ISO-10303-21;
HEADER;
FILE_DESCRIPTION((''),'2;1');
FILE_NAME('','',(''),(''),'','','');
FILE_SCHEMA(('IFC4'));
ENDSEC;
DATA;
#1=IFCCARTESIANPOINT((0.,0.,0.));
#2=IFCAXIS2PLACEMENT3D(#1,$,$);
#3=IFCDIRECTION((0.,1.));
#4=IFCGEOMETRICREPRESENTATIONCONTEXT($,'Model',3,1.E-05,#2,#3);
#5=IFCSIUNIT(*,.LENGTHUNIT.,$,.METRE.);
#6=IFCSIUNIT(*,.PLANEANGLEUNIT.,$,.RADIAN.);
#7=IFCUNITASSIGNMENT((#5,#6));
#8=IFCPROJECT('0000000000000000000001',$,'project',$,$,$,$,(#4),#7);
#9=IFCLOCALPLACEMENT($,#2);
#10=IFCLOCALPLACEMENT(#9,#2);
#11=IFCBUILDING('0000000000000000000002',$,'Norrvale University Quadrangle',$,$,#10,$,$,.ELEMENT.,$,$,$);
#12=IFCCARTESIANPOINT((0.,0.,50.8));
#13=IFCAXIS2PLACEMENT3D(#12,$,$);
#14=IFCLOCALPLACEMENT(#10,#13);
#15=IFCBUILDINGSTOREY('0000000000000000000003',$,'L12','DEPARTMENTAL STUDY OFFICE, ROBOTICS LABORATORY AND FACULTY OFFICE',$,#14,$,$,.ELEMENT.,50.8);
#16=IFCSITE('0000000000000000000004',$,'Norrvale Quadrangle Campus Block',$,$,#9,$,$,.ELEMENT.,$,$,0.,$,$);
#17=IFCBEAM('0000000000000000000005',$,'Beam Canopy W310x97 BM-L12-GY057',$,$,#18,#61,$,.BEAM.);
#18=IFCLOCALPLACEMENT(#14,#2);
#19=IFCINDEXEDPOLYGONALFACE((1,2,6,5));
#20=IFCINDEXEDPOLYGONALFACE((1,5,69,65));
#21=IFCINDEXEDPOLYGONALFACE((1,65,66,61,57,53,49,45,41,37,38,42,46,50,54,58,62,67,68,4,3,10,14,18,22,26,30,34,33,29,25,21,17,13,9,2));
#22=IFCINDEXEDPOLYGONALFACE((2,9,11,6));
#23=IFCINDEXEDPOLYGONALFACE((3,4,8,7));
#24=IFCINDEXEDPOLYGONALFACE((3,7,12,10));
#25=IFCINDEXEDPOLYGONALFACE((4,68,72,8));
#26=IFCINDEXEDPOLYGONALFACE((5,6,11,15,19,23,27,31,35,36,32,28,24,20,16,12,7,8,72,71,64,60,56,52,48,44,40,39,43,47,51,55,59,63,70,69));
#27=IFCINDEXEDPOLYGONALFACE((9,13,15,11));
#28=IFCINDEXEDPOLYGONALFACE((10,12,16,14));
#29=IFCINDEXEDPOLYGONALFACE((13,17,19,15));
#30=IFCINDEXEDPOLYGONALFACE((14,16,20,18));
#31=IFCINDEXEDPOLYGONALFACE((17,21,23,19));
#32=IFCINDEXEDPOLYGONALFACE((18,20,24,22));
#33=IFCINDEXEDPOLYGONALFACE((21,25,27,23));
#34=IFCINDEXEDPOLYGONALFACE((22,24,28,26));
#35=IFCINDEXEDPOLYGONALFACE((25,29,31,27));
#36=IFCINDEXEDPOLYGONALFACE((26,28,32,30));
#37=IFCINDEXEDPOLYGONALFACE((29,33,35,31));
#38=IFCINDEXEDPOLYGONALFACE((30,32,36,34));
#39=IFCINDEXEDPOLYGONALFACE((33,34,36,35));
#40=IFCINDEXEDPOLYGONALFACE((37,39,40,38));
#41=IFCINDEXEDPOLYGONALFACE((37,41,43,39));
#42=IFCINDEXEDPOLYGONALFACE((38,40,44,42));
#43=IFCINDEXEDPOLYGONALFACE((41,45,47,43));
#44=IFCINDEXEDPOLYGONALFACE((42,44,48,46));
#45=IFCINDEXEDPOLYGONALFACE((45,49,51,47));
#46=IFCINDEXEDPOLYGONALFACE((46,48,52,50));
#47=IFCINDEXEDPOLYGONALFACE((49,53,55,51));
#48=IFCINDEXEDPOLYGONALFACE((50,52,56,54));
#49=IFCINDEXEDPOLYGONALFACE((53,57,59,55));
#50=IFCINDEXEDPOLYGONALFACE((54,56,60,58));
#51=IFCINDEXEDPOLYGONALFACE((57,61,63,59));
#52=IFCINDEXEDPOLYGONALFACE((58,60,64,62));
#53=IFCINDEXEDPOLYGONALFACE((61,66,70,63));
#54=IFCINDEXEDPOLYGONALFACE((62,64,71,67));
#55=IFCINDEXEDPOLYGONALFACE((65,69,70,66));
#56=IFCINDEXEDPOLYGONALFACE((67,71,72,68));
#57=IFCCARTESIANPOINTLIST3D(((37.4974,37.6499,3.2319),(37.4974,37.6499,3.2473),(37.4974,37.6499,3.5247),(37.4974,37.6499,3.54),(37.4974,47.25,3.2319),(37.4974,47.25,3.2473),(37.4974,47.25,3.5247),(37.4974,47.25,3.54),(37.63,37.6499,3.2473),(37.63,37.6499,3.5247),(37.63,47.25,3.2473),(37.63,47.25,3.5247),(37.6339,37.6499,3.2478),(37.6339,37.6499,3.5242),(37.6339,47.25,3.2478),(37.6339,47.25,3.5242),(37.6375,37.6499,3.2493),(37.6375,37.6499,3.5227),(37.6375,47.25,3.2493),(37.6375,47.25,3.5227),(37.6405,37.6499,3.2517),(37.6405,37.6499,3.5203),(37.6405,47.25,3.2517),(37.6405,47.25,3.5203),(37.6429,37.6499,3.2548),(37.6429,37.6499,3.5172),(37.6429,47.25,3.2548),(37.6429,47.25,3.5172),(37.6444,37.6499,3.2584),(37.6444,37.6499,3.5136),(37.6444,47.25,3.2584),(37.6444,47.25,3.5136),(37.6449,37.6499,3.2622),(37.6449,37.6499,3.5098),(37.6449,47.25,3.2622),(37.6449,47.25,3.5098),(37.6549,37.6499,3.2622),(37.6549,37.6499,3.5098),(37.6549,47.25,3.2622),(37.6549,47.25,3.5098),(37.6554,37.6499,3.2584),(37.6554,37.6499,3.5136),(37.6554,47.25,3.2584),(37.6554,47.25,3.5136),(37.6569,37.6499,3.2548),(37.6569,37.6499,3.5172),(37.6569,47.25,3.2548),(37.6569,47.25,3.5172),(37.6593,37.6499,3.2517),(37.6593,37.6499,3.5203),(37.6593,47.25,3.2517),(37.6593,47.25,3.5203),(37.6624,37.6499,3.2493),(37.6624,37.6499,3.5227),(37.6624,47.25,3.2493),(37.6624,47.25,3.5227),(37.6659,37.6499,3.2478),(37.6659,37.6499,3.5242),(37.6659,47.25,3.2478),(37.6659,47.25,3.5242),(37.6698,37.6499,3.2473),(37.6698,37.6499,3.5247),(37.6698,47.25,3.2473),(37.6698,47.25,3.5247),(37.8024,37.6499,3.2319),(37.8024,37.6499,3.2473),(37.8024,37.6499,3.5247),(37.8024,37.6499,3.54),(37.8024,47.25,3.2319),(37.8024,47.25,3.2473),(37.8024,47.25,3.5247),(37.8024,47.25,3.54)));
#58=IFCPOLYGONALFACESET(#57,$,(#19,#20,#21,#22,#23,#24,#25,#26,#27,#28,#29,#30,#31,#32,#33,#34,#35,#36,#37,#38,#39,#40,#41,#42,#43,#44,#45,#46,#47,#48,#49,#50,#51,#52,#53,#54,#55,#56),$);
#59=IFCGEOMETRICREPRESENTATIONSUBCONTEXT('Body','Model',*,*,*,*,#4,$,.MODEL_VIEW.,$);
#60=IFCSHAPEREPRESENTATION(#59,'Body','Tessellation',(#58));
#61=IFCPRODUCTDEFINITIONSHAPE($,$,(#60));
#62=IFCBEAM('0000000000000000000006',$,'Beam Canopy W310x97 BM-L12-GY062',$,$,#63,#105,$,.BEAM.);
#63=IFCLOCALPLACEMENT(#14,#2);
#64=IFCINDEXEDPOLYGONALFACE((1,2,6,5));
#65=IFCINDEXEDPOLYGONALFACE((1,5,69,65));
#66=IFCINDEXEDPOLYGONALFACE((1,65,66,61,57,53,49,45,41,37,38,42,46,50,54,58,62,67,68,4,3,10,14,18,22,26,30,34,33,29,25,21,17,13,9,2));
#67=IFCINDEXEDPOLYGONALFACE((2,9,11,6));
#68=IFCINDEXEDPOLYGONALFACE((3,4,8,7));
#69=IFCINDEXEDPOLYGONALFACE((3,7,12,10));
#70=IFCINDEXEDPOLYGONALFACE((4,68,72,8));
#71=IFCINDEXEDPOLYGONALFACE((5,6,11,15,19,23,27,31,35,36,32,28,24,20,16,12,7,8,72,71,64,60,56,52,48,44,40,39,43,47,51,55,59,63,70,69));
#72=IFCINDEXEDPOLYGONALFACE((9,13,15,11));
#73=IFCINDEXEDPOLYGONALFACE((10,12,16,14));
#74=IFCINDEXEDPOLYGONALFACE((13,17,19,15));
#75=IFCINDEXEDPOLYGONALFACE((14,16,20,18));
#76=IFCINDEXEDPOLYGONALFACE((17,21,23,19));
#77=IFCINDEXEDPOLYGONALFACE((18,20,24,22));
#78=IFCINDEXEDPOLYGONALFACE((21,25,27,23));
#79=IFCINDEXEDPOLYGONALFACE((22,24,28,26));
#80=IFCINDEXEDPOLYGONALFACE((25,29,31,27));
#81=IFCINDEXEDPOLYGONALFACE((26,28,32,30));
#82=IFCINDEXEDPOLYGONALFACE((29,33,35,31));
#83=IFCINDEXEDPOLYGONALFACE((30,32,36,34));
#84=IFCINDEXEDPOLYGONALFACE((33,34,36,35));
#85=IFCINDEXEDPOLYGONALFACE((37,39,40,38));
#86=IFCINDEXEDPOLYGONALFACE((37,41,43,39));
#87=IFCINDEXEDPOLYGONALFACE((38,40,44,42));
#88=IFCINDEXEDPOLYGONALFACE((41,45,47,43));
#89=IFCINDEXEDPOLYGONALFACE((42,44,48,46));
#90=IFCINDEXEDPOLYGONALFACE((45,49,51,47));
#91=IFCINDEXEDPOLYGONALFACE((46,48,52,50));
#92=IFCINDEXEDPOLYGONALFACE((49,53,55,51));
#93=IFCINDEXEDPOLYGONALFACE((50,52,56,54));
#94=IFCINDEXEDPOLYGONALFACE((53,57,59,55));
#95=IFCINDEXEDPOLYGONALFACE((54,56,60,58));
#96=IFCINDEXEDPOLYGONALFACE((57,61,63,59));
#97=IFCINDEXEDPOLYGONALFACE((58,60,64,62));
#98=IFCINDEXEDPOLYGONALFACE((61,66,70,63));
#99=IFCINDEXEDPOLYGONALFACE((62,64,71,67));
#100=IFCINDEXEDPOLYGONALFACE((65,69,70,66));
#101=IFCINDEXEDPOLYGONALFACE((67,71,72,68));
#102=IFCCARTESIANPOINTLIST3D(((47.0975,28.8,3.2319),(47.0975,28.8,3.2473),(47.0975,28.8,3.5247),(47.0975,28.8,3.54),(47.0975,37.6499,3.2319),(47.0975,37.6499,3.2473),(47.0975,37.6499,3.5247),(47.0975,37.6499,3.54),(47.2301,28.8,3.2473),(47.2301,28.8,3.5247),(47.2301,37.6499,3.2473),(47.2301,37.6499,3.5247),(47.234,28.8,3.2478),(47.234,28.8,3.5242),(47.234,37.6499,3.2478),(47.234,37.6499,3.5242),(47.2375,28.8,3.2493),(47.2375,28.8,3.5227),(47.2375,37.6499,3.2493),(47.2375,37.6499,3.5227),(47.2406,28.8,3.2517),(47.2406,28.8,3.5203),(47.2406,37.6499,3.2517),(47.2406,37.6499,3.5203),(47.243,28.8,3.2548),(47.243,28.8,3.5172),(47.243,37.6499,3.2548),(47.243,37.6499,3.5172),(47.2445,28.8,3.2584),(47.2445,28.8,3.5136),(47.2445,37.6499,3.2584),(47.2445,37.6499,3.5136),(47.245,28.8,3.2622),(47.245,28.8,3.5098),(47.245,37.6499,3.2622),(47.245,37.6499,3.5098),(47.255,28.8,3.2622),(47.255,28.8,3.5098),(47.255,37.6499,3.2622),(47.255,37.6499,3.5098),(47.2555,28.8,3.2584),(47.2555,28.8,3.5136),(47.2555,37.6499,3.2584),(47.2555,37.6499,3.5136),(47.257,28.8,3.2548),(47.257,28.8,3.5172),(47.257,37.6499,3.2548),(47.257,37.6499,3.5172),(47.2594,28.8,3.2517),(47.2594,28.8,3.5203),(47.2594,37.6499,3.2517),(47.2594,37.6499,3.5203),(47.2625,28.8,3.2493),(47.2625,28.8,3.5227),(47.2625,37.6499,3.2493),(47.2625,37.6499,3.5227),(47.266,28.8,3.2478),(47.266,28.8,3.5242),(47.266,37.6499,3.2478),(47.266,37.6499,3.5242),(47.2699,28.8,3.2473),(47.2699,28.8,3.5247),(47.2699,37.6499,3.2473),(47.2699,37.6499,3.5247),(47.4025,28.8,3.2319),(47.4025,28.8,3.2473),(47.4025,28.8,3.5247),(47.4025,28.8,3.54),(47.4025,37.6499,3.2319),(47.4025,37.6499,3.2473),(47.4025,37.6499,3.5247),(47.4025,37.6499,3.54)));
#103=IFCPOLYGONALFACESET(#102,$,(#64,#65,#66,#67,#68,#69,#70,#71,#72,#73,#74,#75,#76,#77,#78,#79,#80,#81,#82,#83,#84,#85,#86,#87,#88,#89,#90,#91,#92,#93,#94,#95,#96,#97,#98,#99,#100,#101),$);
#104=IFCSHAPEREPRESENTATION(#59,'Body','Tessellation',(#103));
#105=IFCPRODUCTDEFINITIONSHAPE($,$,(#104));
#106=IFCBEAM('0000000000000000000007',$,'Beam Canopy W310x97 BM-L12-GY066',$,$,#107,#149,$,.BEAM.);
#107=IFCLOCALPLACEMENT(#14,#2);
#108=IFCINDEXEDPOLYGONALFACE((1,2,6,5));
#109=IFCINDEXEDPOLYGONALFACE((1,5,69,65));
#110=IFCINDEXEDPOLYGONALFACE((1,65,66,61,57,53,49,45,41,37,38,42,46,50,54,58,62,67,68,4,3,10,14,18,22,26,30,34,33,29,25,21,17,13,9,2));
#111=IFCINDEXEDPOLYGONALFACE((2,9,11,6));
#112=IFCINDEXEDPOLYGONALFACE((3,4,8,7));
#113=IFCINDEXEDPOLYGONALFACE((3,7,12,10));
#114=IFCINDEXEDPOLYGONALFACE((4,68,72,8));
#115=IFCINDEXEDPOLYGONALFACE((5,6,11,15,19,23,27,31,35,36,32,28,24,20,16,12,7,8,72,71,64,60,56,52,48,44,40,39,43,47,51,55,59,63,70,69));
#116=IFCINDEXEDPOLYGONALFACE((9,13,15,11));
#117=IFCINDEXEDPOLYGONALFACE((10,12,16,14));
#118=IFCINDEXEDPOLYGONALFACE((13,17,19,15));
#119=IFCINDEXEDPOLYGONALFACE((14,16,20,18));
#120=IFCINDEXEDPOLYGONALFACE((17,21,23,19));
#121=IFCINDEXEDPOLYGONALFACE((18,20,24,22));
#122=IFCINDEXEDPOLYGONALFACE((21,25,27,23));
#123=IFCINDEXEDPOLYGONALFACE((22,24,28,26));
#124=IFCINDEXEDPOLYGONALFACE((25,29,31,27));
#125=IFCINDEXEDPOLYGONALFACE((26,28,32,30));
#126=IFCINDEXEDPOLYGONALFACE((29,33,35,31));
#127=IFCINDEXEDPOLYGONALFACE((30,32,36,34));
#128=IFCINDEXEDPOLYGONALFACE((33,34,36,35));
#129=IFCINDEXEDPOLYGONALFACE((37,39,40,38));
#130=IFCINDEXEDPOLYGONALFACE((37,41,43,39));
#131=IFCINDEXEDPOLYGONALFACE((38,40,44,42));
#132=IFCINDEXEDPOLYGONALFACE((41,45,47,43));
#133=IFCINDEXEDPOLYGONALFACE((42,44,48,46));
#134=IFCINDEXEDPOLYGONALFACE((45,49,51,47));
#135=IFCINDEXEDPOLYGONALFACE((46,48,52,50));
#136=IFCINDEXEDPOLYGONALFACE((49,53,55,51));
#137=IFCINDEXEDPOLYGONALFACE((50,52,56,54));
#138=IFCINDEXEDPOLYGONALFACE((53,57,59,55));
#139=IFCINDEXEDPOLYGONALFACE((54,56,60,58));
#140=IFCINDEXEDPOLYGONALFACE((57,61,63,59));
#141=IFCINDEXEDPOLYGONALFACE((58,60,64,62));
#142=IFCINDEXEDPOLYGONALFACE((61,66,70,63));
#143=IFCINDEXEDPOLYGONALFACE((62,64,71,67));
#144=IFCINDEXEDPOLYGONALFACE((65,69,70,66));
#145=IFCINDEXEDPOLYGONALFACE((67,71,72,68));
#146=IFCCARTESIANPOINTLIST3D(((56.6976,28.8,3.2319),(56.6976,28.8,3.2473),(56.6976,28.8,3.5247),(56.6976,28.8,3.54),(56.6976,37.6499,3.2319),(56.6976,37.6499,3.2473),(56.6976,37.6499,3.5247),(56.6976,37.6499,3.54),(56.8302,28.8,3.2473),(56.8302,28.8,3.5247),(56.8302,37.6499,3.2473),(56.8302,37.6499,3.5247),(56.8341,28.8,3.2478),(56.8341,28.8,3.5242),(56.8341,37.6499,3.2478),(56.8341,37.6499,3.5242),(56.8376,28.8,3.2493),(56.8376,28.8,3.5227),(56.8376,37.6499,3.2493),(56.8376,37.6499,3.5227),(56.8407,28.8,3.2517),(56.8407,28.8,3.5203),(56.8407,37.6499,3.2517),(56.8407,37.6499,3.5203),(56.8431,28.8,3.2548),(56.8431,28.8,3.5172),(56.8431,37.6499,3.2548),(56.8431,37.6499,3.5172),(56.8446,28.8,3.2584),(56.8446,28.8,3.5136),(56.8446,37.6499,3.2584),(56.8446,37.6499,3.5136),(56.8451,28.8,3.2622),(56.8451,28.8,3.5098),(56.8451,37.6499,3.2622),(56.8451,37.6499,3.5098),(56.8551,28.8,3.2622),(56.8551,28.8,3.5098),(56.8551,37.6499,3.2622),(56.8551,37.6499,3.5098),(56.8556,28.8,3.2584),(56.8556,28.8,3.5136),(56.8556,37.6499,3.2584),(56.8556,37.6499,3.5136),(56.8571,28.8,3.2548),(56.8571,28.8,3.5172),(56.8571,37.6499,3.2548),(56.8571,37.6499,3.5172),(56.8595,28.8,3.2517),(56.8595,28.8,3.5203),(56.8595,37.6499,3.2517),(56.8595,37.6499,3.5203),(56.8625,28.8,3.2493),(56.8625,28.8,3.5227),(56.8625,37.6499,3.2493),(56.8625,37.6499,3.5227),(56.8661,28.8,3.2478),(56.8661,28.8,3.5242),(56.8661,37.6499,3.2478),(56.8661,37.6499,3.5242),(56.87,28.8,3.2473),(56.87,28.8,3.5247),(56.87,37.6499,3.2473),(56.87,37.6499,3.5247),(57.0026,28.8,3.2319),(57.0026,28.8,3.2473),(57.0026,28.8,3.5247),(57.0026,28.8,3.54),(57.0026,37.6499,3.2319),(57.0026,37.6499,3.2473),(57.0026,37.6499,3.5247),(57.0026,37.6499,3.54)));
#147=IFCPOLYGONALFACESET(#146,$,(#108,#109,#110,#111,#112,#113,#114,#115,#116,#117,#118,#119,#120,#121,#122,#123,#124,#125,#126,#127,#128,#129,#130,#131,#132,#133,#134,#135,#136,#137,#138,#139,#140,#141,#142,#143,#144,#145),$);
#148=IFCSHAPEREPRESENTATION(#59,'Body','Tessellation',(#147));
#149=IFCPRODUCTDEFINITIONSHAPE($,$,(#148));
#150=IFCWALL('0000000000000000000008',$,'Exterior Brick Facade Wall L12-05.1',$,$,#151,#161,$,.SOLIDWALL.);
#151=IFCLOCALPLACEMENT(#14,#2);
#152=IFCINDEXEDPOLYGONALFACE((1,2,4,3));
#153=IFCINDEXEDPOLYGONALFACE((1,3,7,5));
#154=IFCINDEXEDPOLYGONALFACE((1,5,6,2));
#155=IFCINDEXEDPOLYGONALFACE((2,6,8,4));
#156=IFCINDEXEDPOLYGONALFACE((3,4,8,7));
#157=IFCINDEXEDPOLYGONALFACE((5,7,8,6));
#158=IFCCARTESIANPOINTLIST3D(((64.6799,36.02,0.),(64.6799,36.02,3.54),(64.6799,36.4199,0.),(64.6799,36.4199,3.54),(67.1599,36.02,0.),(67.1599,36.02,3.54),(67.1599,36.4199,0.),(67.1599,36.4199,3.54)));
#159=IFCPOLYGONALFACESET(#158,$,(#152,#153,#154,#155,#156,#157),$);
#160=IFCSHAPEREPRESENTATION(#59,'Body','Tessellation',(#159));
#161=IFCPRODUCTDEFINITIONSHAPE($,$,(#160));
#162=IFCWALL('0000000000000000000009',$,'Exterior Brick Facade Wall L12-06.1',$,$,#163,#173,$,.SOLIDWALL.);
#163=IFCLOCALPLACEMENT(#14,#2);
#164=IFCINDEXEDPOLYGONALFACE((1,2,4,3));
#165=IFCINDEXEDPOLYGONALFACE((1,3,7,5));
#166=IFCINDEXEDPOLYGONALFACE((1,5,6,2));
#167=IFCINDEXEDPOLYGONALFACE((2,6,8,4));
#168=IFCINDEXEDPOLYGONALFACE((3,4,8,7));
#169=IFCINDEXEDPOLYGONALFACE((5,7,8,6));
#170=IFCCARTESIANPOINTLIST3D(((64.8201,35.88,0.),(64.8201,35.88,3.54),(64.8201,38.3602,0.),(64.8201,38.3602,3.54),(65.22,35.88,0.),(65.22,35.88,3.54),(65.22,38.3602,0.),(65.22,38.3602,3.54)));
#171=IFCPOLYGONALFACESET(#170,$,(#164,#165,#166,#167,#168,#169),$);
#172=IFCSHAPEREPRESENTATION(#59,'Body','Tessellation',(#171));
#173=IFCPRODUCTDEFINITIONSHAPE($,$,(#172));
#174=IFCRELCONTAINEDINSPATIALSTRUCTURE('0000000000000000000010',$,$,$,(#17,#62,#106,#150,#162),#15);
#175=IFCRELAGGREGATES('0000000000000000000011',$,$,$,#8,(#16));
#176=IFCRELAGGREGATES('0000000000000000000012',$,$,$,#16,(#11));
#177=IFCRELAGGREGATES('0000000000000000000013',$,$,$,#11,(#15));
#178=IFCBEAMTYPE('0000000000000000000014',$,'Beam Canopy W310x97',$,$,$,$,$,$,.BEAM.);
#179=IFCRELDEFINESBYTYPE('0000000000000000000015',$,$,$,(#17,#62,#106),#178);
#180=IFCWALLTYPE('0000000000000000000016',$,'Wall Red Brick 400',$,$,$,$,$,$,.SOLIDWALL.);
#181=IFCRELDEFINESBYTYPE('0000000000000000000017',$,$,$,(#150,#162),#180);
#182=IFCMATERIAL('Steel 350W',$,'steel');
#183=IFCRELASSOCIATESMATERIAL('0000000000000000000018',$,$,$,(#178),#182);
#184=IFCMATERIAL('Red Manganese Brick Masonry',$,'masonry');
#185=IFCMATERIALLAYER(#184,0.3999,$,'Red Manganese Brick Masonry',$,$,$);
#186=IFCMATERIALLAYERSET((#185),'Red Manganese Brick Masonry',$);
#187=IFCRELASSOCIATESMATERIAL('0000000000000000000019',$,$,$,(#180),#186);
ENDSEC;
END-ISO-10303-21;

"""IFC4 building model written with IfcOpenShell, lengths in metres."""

from ifc_helpers import new_model, si_unit, direction, frame, frame_2d, origin, origin_2d, place, context, subcontext, project, spatial, rectangle, i_section, extrude, material, layer, layer_set, material_profile, profile_set, type_object, element, save


model = new_model("IFC4")

# Units and contexts
model_context = context("Model", 3, precision=1e-05, world=origin(), true_north=direction((0.0, 1.0)))
body_context = subcontext(model_context, "Body", "Model", "MODEL_VIEW")
ifc_project = project(units=[si_unit("LENGTHUNIT", "METRE"), si_unit("PLANEANGLEUNIT", "RADIAN")], contexts=[model_context])

# Site, building, storey
site_placement = place(None, origin())
site = spatial("IfcSite", under=ifc_project, at=site_placement, Name="Norrvale Quadrangle Campus Block", CompositionType="ELEMENT", RefElevation=0.0)
building_placement = place(site_placement, origin())
building = spatial("IfcBuilding", under=site, at=building_placement, Name="Norrvale University Quadrangle", CompositionType="ELEMENT")
storey_placement = place(building_placement, frame((0.0, 0.0, 50.8)))
storey = spatial("IfcBuildingStorey", under=building, at=storey_placement, Name="L12", Description="DEPARTMENTAL STUDY OFFICE, ROBOTICS LABORATORY AND FACULTY OFFICE", CompositionType="ELEMENT", Elevation=50.8)

# Beams
ifc_material_1 = material(Name="Steel 350W", Category="steel")
ifc_material_profile_1 = material_profile(ifc_material_1, i_section(OverallWidth=0.3049, OverallDepth=0.3081, WebThickness=0.01, FlangeThickness=0.0154, FilletRadius=0.0149, at=origin_2d()), Name="Steel 350W")
ifc_profile_set_1 = profile_set([ifc_material_profile_1], Name="Steel 350W")
beam_type_1 = type_object("IfcBeamType", Name="Beam Canopy W310x97", PredefinedType="BEAM", material=ifc_profile_set_1)
beam_1_placement = place(storey_placement, frame((37.6499, 37.6499, 3.386), z_axis=(0.0, 1.0, 0.0), x_axis=(-1.0, 0.0, 0.0)))
element("IfcBeam", 1, at=beam_1_placement, inside=storey, type_object=beam_type_1, Name="Beam Canopy W310x97 BM-L12-GY057", PredefinedType="BEAM", context=body_context, shape_type="SweptSolid", body=[
    extrude(i_section(OverallWidth=0.3049, OverallDepth=0.3081, WebThickness=0.01, FlangeThickness=0.0154, FilletRadius=0.0149, at=origin_2d()), origin(), (0.0, 0.0, 1.0), 9.6001),
])
for number, where, z_axis, x_axis, name in (
    (2, (47.25, 28.8, 3.386), (0.0, 1.0, 0.0), (-1.0, 0.0, 0.0), "Beam Canopy W310x97 BM-L12-GY062"),
    (3, (56.8501, 28.8, 3.386), (0.0, 1.0, 0.0), (-1.0, 0.0, 0.0), "Beam Canopy W310x97 BM-L12-GY066"),
):
    element("IfcBeam", number, at=place(storey_placement, frame(where, z_axis=z_axis, x_axis=x_axis)), inside=storey, type_object=beam_type_1, Name=name, PredefinedType="BEAM", context=body_context, shape_type="SweptSolid", body=[
        extrude(i_section(OverallWidth=0.3049, OverallDepth=0.3081, WebThickness=0.01, FlangeThickness=0.0154, FilletRadius=0.0149, at=origin_2d()), origin(), (0.0, 0.0, 1.0), 8.8499),
    ])

# Walls
ifc_material_2 = material(Name="Red Manganese Brick Masonry", Category="masonry")
ifc_layer = layer(ifc_material_2, 0.3999, Name="Red Manganese Brick Masonry")
ifc_layer_set = layer_set([ifc_layer], Name="Red Manganese Brick Masonry")
wall_type = type_object("IfcWallType", Name="Wall Red Brick 400", PredefinedType="SOLIDWALL", material=ifc_layer_set)
wall_1_placement = place(storey_placement, frame((67.1599, 36.22, 0.0), z_axis=(0.0, 0.0, 1.0), x_axis=(-1.0, 0.0, 0.0)))
element("IfcWall", 4, at=wall_1_placement, inside=storey, type_object=wall_type, Name="Exterior Brick Facade Wall L12-05.1", PredefinedType="SOLIDWALL", context=body_context, shape_type="SweptSolid", body=[
    extrude(rectangle(XDim=2.48, YDim=0.3999, at=frame_2d((1.24, 0.0))), origin(), (0.0, 0.0, 1.0), 3.54),
])
wall_2_placement = place(storey_placement, frame((65.02, 35.8799, 0.0), z_axis=(0.0, 0.0, 1.0), x_axis=(0.0, 1.0, 0.0)))
element("IfcWall", 5, at=wall_2_placement, inside=storey, type_object=wall_type, Name="Exterior Brick Facade Wall L12-06.1", PredefinedType="SOLIDWALL", context=body_context, shape_type="SweptSolid", body=[
    extrude(rectangle(XDim=2.4802, YDim=0.3999, at=frame_2d((1.2402, 0.0))), origin(), (0.0, 0.0, 1.0), 3.54),
])

save(model, "model.ifc")
